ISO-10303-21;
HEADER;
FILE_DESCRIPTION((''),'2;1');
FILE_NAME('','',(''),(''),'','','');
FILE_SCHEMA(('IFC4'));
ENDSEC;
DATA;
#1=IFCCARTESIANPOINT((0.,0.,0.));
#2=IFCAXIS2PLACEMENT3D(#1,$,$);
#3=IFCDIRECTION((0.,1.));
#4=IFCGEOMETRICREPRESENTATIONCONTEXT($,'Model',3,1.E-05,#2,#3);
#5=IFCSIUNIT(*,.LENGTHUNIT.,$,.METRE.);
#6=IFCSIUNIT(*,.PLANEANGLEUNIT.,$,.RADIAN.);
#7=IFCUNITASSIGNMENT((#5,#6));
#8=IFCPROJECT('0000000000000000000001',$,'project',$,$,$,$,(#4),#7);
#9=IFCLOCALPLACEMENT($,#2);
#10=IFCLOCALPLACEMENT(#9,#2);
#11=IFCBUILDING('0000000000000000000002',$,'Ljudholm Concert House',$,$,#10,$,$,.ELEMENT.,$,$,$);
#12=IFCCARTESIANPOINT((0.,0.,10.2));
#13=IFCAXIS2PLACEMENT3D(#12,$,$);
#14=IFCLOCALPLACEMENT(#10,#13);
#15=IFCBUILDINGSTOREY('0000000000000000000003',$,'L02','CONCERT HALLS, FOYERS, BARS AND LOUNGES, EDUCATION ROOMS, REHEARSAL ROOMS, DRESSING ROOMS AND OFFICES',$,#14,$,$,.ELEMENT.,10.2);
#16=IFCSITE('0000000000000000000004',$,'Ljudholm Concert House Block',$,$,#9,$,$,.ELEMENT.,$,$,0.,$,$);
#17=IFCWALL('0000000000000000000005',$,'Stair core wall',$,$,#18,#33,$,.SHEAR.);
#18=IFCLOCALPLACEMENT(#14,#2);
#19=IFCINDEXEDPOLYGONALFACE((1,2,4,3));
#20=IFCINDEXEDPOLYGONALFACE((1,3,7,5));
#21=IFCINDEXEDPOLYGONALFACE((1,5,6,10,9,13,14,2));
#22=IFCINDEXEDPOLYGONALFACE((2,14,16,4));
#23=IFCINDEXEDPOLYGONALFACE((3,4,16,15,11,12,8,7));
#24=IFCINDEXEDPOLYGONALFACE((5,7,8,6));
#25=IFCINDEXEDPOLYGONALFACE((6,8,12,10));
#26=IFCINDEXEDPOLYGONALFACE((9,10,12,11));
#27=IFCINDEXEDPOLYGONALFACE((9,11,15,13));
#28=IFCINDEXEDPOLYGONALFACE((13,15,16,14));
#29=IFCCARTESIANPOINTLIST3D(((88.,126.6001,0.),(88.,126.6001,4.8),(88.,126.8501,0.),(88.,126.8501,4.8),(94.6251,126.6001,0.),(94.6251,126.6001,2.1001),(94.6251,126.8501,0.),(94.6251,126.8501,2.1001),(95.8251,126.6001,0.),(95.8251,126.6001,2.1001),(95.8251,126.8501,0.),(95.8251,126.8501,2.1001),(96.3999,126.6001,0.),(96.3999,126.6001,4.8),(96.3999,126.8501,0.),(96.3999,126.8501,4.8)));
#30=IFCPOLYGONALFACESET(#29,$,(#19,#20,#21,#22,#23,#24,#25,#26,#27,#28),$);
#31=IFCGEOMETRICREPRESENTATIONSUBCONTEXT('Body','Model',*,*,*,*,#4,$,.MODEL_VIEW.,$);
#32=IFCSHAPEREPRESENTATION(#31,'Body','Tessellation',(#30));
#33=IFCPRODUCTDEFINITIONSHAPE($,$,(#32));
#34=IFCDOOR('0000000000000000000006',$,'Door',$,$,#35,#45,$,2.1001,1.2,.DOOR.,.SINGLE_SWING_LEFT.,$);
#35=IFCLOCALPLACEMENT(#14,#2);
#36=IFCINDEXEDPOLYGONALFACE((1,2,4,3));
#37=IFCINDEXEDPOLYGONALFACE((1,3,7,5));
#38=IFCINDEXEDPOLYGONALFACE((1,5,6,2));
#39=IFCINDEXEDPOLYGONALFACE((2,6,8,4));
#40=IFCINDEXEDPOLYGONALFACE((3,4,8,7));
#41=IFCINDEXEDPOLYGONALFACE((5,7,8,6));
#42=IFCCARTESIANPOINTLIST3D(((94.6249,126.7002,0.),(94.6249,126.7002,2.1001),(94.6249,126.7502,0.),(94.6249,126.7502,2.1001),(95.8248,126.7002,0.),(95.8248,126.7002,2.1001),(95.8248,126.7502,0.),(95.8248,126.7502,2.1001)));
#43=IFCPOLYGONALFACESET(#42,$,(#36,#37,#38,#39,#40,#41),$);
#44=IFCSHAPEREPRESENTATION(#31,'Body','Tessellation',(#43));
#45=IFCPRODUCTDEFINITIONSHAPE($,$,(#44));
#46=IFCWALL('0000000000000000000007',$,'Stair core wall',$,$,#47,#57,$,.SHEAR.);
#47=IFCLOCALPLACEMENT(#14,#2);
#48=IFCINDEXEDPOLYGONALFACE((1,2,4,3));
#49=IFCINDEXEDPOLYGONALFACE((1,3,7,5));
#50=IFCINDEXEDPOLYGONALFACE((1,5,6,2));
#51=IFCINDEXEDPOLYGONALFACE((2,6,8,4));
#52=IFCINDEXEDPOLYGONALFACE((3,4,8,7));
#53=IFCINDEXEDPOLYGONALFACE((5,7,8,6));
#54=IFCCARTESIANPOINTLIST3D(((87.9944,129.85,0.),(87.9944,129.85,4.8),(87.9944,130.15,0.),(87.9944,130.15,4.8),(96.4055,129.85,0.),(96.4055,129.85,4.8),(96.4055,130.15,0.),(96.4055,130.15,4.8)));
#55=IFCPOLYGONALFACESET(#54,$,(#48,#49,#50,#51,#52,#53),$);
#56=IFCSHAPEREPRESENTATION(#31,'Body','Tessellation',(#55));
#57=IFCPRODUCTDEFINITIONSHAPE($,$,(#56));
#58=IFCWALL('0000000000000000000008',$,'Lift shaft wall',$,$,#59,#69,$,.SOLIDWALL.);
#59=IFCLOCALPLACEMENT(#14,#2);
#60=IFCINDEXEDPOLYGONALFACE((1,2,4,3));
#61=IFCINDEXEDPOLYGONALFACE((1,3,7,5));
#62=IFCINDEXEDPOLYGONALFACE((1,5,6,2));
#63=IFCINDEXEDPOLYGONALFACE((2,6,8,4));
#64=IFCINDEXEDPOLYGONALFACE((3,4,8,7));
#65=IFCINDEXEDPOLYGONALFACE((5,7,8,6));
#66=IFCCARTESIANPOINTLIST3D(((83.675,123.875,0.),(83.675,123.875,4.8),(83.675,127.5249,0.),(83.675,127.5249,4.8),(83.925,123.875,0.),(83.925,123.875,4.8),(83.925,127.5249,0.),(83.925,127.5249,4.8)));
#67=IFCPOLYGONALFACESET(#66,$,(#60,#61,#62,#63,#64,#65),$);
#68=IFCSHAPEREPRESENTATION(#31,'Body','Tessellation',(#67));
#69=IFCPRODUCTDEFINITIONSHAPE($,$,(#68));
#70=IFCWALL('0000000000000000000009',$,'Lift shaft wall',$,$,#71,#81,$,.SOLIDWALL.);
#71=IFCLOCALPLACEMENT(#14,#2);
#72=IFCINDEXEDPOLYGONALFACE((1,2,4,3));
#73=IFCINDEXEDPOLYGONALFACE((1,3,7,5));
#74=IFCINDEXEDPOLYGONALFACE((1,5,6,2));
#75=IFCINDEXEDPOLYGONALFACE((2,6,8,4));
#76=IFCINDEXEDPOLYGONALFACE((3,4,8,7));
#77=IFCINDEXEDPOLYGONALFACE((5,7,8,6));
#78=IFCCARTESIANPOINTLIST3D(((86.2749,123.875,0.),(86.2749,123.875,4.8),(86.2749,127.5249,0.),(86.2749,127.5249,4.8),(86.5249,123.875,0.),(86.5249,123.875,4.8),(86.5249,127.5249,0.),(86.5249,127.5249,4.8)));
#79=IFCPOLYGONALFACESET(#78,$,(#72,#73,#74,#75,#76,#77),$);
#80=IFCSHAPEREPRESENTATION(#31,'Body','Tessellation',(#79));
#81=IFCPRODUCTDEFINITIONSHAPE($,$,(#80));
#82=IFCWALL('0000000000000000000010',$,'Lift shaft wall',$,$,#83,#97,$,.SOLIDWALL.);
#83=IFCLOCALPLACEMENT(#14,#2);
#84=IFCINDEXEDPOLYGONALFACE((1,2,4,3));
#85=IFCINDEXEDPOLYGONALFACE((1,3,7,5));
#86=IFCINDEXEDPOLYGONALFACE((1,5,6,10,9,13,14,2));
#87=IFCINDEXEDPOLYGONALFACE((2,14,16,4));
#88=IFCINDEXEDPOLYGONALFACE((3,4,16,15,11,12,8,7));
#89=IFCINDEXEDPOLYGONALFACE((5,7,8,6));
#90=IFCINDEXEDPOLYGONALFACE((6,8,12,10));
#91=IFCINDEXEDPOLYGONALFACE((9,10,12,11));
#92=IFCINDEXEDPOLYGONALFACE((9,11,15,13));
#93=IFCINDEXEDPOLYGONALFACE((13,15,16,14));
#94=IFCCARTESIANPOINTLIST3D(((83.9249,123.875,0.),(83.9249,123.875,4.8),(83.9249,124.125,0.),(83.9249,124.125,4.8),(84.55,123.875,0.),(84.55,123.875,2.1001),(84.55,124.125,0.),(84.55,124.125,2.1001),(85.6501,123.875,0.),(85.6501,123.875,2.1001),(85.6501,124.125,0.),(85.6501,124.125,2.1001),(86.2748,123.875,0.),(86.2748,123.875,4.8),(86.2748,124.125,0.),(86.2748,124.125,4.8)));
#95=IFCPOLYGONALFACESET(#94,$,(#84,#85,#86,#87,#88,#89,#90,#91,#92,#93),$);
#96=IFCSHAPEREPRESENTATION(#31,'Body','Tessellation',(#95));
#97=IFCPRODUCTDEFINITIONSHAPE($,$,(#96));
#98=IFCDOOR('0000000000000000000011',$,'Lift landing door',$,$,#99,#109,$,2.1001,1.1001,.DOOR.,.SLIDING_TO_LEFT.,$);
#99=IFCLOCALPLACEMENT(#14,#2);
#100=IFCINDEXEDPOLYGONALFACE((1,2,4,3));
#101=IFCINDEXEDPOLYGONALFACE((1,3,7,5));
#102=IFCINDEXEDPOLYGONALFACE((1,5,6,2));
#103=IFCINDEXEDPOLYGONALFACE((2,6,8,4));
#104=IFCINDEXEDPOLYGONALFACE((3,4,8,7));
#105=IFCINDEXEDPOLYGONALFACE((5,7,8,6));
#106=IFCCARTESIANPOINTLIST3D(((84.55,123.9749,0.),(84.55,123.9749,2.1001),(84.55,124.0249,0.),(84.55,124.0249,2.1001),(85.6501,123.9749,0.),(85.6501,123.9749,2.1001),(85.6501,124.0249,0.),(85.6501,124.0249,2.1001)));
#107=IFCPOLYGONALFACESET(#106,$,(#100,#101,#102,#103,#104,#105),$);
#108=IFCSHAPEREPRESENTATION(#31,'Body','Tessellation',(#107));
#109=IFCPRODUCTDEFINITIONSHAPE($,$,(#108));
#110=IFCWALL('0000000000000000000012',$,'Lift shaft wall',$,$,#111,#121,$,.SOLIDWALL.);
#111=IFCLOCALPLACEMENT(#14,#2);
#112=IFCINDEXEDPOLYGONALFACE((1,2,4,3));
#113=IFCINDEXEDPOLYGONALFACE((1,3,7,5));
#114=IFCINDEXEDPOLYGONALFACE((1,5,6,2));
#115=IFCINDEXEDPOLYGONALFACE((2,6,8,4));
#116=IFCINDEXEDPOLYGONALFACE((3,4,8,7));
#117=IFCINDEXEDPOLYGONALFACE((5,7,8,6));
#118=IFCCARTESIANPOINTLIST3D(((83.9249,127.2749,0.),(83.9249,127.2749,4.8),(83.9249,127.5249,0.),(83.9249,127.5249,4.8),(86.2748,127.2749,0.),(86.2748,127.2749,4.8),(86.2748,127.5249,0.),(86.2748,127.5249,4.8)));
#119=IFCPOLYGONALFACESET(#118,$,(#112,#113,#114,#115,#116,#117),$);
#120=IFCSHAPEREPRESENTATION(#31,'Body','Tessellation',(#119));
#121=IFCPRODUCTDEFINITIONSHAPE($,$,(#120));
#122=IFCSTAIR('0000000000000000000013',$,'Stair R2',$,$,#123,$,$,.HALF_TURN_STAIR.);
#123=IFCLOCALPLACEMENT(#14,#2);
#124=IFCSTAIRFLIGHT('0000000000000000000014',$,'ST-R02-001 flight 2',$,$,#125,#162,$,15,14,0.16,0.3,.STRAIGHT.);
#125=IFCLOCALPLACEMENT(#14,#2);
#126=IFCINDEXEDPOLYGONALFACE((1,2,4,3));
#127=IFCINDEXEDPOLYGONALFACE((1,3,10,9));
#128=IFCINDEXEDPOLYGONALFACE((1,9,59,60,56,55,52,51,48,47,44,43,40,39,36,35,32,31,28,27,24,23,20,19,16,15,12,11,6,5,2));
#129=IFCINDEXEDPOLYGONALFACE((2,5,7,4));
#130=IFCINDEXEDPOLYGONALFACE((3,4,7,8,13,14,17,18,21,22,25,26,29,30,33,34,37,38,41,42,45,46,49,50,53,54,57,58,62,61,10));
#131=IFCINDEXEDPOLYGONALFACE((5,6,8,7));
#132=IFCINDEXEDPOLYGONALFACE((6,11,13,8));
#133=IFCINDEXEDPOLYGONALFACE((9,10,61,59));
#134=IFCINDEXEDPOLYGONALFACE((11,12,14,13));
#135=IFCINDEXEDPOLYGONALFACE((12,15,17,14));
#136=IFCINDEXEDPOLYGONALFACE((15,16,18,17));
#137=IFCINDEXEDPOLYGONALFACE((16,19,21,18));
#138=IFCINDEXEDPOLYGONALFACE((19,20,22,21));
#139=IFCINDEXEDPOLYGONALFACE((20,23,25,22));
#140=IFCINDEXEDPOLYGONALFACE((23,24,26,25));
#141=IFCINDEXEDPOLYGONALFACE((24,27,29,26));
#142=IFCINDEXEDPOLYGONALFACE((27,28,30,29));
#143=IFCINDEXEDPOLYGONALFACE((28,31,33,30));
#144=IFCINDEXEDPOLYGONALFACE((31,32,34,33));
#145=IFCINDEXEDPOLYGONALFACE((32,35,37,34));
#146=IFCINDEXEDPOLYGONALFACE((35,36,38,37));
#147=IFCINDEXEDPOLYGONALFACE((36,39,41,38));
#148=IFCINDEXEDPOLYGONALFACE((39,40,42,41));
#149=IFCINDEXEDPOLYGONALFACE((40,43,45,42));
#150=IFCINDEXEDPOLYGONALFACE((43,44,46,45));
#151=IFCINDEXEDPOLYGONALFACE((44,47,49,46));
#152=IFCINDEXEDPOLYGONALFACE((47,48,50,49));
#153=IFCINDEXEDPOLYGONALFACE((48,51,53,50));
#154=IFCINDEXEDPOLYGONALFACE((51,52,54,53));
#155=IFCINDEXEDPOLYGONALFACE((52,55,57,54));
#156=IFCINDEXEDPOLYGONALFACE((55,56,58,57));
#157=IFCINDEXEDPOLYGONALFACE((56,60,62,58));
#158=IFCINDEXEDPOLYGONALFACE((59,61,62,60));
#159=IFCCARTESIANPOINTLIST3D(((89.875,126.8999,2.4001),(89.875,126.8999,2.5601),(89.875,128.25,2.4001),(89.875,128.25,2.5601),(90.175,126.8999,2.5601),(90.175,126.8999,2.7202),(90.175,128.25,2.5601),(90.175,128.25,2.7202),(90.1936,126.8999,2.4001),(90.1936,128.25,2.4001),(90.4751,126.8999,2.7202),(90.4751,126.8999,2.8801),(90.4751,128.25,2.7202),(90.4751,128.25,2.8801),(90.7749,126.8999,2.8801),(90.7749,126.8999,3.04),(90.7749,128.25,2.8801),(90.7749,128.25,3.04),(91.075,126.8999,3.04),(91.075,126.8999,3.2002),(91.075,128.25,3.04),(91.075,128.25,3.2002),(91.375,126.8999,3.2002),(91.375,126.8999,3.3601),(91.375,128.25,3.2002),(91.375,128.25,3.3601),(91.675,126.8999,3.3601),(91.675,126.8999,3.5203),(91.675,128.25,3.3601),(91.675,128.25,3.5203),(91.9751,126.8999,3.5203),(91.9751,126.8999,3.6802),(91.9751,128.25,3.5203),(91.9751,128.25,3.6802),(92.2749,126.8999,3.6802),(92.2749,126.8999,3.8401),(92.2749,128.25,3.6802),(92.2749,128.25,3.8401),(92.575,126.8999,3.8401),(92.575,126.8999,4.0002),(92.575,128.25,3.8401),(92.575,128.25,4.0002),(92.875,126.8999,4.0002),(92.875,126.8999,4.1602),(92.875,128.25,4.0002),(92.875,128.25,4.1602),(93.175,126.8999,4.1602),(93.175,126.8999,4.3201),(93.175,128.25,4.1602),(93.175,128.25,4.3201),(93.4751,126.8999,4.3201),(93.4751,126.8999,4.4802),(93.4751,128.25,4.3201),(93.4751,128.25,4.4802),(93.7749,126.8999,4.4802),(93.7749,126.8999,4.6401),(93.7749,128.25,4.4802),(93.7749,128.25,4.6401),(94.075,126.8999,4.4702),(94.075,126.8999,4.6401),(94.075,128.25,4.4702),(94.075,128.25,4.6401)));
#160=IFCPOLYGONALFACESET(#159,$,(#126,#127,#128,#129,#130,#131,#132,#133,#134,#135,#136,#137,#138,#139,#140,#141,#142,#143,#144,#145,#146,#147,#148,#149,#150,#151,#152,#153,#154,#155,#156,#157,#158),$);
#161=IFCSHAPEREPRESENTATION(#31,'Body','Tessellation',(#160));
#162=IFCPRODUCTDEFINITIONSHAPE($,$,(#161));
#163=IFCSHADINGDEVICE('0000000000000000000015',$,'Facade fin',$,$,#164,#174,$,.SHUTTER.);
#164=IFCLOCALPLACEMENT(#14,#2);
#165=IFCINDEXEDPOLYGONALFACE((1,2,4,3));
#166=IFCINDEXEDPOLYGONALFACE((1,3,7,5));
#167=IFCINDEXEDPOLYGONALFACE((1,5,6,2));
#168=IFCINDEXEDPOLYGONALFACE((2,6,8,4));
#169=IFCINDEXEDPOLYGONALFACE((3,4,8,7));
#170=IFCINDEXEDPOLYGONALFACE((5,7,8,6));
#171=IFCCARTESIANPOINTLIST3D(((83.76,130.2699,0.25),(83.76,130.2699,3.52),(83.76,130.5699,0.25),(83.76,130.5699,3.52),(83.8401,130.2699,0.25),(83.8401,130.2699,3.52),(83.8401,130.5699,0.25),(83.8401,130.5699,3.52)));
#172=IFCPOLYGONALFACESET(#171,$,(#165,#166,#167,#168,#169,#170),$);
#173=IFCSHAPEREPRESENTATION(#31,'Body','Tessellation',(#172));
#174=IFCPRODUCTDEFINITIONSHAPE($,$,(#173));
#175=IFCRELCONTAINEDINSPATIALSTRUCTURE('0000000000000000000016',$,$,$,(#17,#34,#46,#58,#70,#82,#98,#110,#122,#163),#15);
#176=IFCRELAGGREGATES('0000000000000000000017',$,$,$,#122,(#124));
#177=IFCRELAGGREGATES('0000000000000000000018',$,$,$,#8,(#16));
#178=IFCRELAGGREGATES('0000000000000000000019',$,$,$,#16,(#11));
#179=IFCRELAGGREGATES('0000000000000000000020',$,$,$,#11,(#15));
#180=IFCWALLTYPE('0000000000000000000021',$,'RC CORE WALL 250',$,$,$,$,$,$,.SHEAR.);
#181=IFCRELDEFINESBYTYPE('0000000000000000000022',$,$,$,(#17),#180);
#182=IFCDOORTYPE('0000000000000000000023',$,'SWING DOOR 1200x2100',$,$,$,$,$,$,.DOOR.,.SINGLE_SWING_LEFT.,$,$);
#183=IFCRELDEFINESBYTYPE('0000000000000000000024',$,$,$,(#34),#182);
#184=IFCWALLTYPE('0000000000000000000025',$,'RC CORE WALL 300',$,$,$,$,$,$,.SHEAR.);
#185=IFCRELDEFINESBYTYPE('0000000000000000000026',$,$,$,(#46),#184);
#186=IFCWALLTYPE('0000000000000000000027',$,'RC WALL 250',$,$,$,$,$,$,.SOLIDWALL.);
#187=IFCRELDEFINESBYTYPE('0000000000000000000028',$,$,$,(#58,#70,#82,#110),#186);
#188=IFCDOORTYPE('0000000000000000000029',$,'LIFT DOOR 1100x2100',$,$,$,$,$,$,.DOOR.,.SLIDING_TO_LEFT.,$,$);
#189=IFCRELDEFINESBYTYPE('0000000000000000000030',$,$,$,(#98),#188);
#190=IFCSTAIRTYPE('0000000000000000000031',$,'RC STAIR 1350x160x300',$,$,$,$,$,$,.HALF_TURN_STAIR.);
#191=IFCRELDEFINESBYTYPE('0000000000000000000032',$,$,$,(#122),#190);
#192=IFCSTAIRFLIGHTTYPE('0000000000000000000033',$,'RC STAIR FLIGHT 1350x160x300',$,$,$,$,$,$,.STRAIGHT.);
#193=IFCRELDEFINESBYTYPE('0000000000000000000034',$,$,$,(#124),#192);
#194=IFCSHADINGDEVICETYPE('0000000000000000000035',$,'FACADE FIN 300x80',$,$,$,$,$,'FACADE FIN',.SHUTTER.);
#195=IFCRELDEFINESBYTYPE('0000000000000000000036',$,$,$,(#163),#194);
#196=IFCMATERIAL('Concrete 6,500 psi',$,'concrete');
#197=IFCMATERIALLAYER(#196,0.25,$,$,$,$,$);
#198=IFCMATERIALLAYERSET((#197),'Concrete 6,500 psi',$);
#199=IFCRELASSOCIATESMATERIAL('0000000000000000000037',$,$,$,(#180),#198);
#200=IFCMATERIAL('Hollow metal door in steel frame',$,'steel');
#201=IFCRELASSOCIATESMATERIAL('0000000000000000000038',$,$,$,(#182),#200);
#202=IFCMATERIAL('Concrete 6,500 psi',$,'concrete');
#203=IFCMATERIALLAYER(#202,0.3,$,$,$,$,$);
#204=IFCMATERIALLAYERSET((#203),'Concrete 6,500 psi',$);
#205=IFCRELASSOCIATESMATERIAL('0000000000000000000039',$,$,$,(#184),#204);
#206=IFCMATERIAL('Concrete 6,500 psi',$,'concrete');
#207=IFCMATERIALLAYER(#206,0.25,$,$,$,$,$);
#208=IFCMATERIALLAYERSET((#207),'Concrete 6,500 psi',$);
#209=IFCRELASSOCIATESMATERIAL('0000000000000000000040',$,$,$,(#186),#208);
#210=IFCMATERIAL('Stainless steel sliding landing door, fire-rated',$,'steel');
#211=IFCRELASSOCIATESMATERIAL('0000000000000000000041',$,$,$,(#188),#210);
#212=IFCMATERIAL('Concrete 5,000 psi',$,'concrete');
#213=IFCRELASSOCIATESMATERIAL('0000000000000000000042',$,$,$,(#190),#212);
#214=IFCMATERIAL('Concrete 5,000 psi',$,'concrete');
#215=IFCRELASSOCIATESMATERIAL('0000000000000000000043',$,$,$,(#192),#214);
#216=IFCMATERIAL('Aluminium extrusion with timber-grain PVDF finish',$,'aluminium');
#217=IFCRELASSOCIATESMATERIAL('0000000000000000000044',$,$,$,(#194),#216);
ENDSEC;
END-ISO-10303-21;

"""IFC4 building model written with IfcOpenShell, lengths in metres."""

from ifc_helpers import new_model, si_unit, direction, frame, frame_2d, origin, origin_2d, place, context, subcontext, project, spatial, polyline, rectangle, outline, extrude, material, layer, layer_set, type_object, element, fill, aggregate, save


model = new_model("IFC4")

# Units and contexts
model_context = context("Model", 3, precision=1e-05, world=origin(), true_north=direction((0.0, 1.0)))
body_context = subcontext(model_context, "Body", "Model", "MODEL_VIEW")
ifc_project = project(units=[si_unit("LENGTHUNIT", "METRE"), si_unit("PLANEANGLEUNIT", "RADIAN")], contexts=[model_context])

# Site, building, storey
site_placement = place(None, origin())
site = spatial("IfcSite", under=ifc_project, at=site_placement, Name="Ljudholm Concert House Block", CompositionType="ELEMENT", RefElevation=0.0)
building_placement = place(site_placement, origin())
building = spatial("IfcBuilding", under=site, at=building_placement, Name="Ljudholm Concert House", CompositionType="ELEMENT")
storey_placement = place(building_placement, frame((0.0, 0.0, 10.2)))
storey = spatial("IfcBuildingStorey", under=building, at=storey_placement, Name="L02", Description="CONCERT HALLS, FOYERS, BARS AND LOUNGES, EDUCATION ROOMS, REHEARSAL ROOMS, DRESSING ROOMS AND OFFICES", CompositionType="ELEMENT", Elevation=10.2)

# Shared definitions
ifc_material_1 = material(Name="Concrete 6,500 psi", Category="concrete")
ifc_layer_1 = layer(ifc_material_1, 0.25)
ifc_layer_set_1 = layer_set([ifc_layer_1], Name="Concrete 6,500 psi")
wall_type_1 = type_object("IfcWallType", Name="RC CORE WALL 250", PredefinedType="SHEAR", material=ifc_layer_set_1)

# Wall, opening, door
wall_1_placement = place(storey_placement, frame((88.0, 126.7251, 0.0), z_axis=(0.0, 0.0, 1.0), x_axis=(1.0, 0.0, 0.0)))
wall_1 = element("IfcWall", 1, at=wall_1_placement, inside=storey, type_object=wall_type_1, Name="Stair core wall", PredefinedType="SHEAR", context=body_context, shape_type="SweptSolid", body=[
    extrude(rectangle(XDim=8.3999, YDim=0.25, at=frame_2d((4.2, 0.0))), origin(), (0.0, 0.0, 1.0), 4.8),
])
opening_1_placement = place(wall_1_placement, frame((6.625, 0.0, 0.0)))
opening_1 = element("IfcOpeningElement", 2, at=opening_1_placement, cuts=wall_1, PredefinedType="OPENING", context=body_context, shape_type="SweptSolid", body=[
    extrude(rectangle(XDim=1.2, YDim=2.1001, at=frame_2d((0.6001, 1.05))), frame((0.0, 0.135, 0.0), z_axis=(0.0, -1.0, 0.0), x_axis=(1.0, 0.0, 0.0)), (0.0, 0.0, 1.0), 0.27),
])
ifc_material_2 = material(Name="Hollow metal door in steel frame", Category="steel")
door_type_1 = type_object("IfcDoorType", Name="SWING DOOR 1200x2100", OperationType="SINGLE_SWING_LEFT", PredefinedType="DOOR", material=ifc_material_2)
door_1_placement = place(opening_1_placement, frame((1.2, 0.0, 0.0), z_axis=(0.0, 0.0, 1.0), x_axis=(-1.0, 0.0, 0.0)))
door_1 = element("IfcDoor", 3, at=door_1_placement, inside=storey, type_object=door_type_1, Name="Door", OperationType="SINGLE_SWING_LEFT", OverallHeight=2.1001, OverallWidth=1.2, PredefinedType="DOOR", context=body_context, shape_type="SweptSolid", body=[
    extrude(rectangle(XDim=1.2, YDim=2.1001, at=frame_2d((0.6001, 1.05))), frame((0.0, 0.0249, 0.0), z_axis=(0.0, -1.0, 0.0), x_axis=(1.0, 0.0, 0.0)), (0.0, 0.0, 1.0), 0.05),
])
fill(opening_1, door_1)

# Walls
ifc_material_3 = material(Name="Concrete 6,500 psi", Category="concrete")
ifc_layer_2 = layer(ifc_material_3, 0.3)
ifc_layer_set_2 = layer_set([ifc_layer_2], Name="Concrete 6,500 psi")
wall_type_2 = type_object("IfcWallType", Name="RC CORE WALL 300", PredefinedType="SHEAR", material=ifc_layer_set_2)
wall_2_placement = place(storey_placement, frame((87.9944, 130.0, 0.0), z_axis=(0.0, 0.0, 1.0), x_axis=(1.0, 0.0, 0.0)))
element("IfcWall", 4, at=wall_2_placement, inside=storey, type_object=wall_type_2, Name="Stair core wall", PredefinedType="SHEAR", context=body_context, shape_type="SweptSolid", body=[
    extrude(rectangle(XDim=8.4111, YDim=0.3, at=frame_2d((4.2056, 0.0))), origin(), (0.0, 0.0, 1.0), 4.8),
])
ifc_material_4 = material(Name="Concrete 6,500 psi", Category="concrete")
ifc_layer_3 = layer(ifc_material_4, 0.25)
ifc_layer_set_3 = layer_set([ifc_layer_3], Name="Concrete 6,500 psi")
wall_type_3 = type_object("IfcWallType", Name="RC WALL 250", PredefinedType="SOLIDWALL", material=ifc_layer_set_3)
for number, where, z_axis, x_axis, name in (
    (5, (83.8, 123.875, 0.0), (0.0, 0.0, 1.0), (0.0, 1.0, 0.0), "Lift shaft wall"),
    (6, (86.3999, 123.875, 0.0), (0.0, 0.0, 1.0), (0.0, 1.0, 0.0), "Lift shaft wall"),
):
    element("IfcWall", number, at=place(storey_placement, frame(where, z_axis=z_axis, x_axis=x_axis)), inside=storey, type_object=wall_type_3, Name=name, PredefinedType="SOLIDWALL", context=body_context, shape_type="SweptSolid", body=[
        extrude(rectangle(XDim=3.6499, YDim=0.25, at=frame_2d((1.825, 0.0))), origin(), (0.0, 0.0, 1.0), 4.8),
    ])

# Wall, opening, door
wall_3_placement = place(storey_placement, frame((83.925, 124.0, 0.0), z_axis=(0.0, 0.0, 1.0), x_axis=(1.0, 0.0, 0.0)))
wall_3 = element("IfcWall", 7, at=wall_3_placement, inside=storey, type_object=wall_type_3, Name="Lift shaft wall", PredefinedType="SOLIDWALL", context=body_context, shape_type="SweptSolid", body=[
    extrude(rectangle(XDim=2.3499, YDim=0.25, at=frame_2d((1.1748, 0.0))), origin(), (0.0, 0.0, 1.0), 4.8),
])
opening_2_placement = place(wall_3_placement, frame((0.625, 0.0, 0.0)))
opening_2 = element("IfcOpeningElement", 8, at=opening_2_placement, cuts=wall_3, PredefinedType="OPENING", context=body_context, shape_type="SweptSolid", body=[
    extrude(rectangle(XDim=1.1001, YDim=2.1001, at=frame_2d((0.55, 1.05))), frame((0.0, 0.135, 0.0), z_axis=(0.0, -1.0, 0.0), x_axis=(1.0, 0.0, 0.0)), (0.0, 0.0, 1.0), 0.27),
])
ifc_material_5 = material(Name="Stainless steel sliding landing door, fire-rated", Category="steel")
door_type_2 = type_object("IfcDoorType", Name="LIFT DOOR 1100x2100", OperationType="SLIDING_TO_LEFT", PredefinedType="DOOR", material=ifc_material_5)
door_2_placement = place(opening_2_placement, origin())
door_2 = element("IfcDoor", 9, at=door_2_placement, inside=storey, type_object=door_type_2, Name="Lift landing door", OperationType="SLIDING_TO_LEFT", OverallHeight=2.1001, OverallWidth=1.1001, PredefinedType="DOOR", context=body_context, shape_type="SweptSolid", body=[
    extrude(rectangle(XDim=1.1001, YDim=2.1001, at=frame_2d((0.55, 1.05))), frame((0.0, 0.0249, 0.0), z_axis=(0.0, -1.0, 0.0), x_axis=(1.0, 0.0, 0.0)), (0.0, 0.0, 1.0), 0.05),
])
fill(opening_2, door_2)

# Wall
wall_4_placement = place(storey_placement, frame((83.925, 127.3999, 0.0), z_axis=(0.0, 0.0, 1.0), x_axis=(1.0, 0.0, 0.0)))
element("IfcWall", 10, at=wall_4_placement, inside=storey, type_object=wall_type_3, Name="Lift shaft wall", PredefinedType="SOLIDWALL", context=body_context, shape_type="SweptSolid", body=[
    extrude(rectangle(XDim=2.3499, YDim=0.25, at=frame_2d((1.1748, 0.0))), origin(), (0.0, 0.0, 1.0), 4.8),
])

# Stair, stair flight
ifc_material_6 = material(Name="Concrete 5,000 psi", Category="concrete")
stair_type = type_object("IfcStairType", Name="RC STAIR 1350x160x300", PredefinedType="HALF_TURN_STAIR", material=ifc_material_6)
stair_placement = place(storey_placement, origin())
stair = element("IfcStair", 11, at=stair_placement, inside=storey, type_object=stair_type, Name="Stair R2", PredefinedType="HALF_TURN_STAIR")
ifc_material_7 = material(Name="Concrete 5,000 psi", Category="concrete")
stair_flight_type = type_object("IfcStairFlightType", Name="RC STAIR FLIGHT 1350x160x300", PredefinedType="STRAIGHT", material=ifc_material_7)
stair_flight_placement = place(storey_placement, frame((89.875, 127.575, 2.4001), z_axis=(0.0, 0.0, 1.0), x_axis=(1.0, 0.0, 0.0)))
stair_flight = element("IfcStairFlight", 12, at=stair_flight_placement, type_object=stair_flight_type, Name="ST-R02-001 flight 2", NumberOfRisers=15, NumberOfTreads=14, PredefinedType="STRAIGHT", RiserHeight=0.16, TreadLength=0.3, context=body_context, shape_type="SweptSolid", body=[
    extrude(outline(polyline([(0.0, 0.0), (0.0, 0.1599), (0.3, 0.1599), (0.3, 0.3201), (0.6001, 0.3201), (0.6001, 0.48), (0.8999, 0.48), (0.8999, 0.6399), (1.2, 0.6399), (1.2, 0.8), (1.5, 0.8), (1.5, 0.96), (1.8, 0.96), (1.8, 1.1201), (2.1001, 1.1201), (2.1001, 1.28), (2.3999, 1.28), (2.3999, 1.4399), (2.7, 1.4399), (2.7, 1.6001), (3.0, 1.6001), (3.0, 1.76), (3.3, 1.76), (3.3, 1.9199), (3.6001, 1.9199), (3.6001, 2.0801), (3.8999, 2.0801), (3.8999, 2.24), (4.2, 2.24), (4.2, 2.3999), (4.2, 2.0701), (0.3186, 0.0), (0.0, 0.0)])), frame((0.0, 0.675, 0.0), z_axis=(0.0, -1.0, 0.0), x_axis=(1.0, 0.0, 0.0)), (0.0, 0.0, 1.0), 1.3501),
])
aggregate(stair, [stair_flight])

# Shading device
ifc_material_8 = material(Name="Aluminium extrusion with timber-grain PVDF finish", Category="aluminium")
shading_device_type = type_object("IfcShadingDeviceType", Name="FACADE FIN 300x80", ElementType="FACADE FIN", PredefinedType="SHUTTER", material=ifc_material_8)
shading_device_placement = place(storey_placement, frame((83.8, 130.4199, 0.25), z_axis=(0.0, 0.0, 1.0), x_axis=(0.0, 1.0, 0.0)))
element("IfcShadingDevice", 13, at=shading_device_placement, inside=storey, type_object=shading_device_type, Name="Facade fin", PredefinedType="SHUTTER", context=body_context, shape_type="SweptSolid", body=[
    extrude(rectangle(XDim=0.3, YDim=0.0801, at=origin_2d()), origin(), (0.0, 0.0, 1.0), 3.27),
])

save(model, "model.ifc")
